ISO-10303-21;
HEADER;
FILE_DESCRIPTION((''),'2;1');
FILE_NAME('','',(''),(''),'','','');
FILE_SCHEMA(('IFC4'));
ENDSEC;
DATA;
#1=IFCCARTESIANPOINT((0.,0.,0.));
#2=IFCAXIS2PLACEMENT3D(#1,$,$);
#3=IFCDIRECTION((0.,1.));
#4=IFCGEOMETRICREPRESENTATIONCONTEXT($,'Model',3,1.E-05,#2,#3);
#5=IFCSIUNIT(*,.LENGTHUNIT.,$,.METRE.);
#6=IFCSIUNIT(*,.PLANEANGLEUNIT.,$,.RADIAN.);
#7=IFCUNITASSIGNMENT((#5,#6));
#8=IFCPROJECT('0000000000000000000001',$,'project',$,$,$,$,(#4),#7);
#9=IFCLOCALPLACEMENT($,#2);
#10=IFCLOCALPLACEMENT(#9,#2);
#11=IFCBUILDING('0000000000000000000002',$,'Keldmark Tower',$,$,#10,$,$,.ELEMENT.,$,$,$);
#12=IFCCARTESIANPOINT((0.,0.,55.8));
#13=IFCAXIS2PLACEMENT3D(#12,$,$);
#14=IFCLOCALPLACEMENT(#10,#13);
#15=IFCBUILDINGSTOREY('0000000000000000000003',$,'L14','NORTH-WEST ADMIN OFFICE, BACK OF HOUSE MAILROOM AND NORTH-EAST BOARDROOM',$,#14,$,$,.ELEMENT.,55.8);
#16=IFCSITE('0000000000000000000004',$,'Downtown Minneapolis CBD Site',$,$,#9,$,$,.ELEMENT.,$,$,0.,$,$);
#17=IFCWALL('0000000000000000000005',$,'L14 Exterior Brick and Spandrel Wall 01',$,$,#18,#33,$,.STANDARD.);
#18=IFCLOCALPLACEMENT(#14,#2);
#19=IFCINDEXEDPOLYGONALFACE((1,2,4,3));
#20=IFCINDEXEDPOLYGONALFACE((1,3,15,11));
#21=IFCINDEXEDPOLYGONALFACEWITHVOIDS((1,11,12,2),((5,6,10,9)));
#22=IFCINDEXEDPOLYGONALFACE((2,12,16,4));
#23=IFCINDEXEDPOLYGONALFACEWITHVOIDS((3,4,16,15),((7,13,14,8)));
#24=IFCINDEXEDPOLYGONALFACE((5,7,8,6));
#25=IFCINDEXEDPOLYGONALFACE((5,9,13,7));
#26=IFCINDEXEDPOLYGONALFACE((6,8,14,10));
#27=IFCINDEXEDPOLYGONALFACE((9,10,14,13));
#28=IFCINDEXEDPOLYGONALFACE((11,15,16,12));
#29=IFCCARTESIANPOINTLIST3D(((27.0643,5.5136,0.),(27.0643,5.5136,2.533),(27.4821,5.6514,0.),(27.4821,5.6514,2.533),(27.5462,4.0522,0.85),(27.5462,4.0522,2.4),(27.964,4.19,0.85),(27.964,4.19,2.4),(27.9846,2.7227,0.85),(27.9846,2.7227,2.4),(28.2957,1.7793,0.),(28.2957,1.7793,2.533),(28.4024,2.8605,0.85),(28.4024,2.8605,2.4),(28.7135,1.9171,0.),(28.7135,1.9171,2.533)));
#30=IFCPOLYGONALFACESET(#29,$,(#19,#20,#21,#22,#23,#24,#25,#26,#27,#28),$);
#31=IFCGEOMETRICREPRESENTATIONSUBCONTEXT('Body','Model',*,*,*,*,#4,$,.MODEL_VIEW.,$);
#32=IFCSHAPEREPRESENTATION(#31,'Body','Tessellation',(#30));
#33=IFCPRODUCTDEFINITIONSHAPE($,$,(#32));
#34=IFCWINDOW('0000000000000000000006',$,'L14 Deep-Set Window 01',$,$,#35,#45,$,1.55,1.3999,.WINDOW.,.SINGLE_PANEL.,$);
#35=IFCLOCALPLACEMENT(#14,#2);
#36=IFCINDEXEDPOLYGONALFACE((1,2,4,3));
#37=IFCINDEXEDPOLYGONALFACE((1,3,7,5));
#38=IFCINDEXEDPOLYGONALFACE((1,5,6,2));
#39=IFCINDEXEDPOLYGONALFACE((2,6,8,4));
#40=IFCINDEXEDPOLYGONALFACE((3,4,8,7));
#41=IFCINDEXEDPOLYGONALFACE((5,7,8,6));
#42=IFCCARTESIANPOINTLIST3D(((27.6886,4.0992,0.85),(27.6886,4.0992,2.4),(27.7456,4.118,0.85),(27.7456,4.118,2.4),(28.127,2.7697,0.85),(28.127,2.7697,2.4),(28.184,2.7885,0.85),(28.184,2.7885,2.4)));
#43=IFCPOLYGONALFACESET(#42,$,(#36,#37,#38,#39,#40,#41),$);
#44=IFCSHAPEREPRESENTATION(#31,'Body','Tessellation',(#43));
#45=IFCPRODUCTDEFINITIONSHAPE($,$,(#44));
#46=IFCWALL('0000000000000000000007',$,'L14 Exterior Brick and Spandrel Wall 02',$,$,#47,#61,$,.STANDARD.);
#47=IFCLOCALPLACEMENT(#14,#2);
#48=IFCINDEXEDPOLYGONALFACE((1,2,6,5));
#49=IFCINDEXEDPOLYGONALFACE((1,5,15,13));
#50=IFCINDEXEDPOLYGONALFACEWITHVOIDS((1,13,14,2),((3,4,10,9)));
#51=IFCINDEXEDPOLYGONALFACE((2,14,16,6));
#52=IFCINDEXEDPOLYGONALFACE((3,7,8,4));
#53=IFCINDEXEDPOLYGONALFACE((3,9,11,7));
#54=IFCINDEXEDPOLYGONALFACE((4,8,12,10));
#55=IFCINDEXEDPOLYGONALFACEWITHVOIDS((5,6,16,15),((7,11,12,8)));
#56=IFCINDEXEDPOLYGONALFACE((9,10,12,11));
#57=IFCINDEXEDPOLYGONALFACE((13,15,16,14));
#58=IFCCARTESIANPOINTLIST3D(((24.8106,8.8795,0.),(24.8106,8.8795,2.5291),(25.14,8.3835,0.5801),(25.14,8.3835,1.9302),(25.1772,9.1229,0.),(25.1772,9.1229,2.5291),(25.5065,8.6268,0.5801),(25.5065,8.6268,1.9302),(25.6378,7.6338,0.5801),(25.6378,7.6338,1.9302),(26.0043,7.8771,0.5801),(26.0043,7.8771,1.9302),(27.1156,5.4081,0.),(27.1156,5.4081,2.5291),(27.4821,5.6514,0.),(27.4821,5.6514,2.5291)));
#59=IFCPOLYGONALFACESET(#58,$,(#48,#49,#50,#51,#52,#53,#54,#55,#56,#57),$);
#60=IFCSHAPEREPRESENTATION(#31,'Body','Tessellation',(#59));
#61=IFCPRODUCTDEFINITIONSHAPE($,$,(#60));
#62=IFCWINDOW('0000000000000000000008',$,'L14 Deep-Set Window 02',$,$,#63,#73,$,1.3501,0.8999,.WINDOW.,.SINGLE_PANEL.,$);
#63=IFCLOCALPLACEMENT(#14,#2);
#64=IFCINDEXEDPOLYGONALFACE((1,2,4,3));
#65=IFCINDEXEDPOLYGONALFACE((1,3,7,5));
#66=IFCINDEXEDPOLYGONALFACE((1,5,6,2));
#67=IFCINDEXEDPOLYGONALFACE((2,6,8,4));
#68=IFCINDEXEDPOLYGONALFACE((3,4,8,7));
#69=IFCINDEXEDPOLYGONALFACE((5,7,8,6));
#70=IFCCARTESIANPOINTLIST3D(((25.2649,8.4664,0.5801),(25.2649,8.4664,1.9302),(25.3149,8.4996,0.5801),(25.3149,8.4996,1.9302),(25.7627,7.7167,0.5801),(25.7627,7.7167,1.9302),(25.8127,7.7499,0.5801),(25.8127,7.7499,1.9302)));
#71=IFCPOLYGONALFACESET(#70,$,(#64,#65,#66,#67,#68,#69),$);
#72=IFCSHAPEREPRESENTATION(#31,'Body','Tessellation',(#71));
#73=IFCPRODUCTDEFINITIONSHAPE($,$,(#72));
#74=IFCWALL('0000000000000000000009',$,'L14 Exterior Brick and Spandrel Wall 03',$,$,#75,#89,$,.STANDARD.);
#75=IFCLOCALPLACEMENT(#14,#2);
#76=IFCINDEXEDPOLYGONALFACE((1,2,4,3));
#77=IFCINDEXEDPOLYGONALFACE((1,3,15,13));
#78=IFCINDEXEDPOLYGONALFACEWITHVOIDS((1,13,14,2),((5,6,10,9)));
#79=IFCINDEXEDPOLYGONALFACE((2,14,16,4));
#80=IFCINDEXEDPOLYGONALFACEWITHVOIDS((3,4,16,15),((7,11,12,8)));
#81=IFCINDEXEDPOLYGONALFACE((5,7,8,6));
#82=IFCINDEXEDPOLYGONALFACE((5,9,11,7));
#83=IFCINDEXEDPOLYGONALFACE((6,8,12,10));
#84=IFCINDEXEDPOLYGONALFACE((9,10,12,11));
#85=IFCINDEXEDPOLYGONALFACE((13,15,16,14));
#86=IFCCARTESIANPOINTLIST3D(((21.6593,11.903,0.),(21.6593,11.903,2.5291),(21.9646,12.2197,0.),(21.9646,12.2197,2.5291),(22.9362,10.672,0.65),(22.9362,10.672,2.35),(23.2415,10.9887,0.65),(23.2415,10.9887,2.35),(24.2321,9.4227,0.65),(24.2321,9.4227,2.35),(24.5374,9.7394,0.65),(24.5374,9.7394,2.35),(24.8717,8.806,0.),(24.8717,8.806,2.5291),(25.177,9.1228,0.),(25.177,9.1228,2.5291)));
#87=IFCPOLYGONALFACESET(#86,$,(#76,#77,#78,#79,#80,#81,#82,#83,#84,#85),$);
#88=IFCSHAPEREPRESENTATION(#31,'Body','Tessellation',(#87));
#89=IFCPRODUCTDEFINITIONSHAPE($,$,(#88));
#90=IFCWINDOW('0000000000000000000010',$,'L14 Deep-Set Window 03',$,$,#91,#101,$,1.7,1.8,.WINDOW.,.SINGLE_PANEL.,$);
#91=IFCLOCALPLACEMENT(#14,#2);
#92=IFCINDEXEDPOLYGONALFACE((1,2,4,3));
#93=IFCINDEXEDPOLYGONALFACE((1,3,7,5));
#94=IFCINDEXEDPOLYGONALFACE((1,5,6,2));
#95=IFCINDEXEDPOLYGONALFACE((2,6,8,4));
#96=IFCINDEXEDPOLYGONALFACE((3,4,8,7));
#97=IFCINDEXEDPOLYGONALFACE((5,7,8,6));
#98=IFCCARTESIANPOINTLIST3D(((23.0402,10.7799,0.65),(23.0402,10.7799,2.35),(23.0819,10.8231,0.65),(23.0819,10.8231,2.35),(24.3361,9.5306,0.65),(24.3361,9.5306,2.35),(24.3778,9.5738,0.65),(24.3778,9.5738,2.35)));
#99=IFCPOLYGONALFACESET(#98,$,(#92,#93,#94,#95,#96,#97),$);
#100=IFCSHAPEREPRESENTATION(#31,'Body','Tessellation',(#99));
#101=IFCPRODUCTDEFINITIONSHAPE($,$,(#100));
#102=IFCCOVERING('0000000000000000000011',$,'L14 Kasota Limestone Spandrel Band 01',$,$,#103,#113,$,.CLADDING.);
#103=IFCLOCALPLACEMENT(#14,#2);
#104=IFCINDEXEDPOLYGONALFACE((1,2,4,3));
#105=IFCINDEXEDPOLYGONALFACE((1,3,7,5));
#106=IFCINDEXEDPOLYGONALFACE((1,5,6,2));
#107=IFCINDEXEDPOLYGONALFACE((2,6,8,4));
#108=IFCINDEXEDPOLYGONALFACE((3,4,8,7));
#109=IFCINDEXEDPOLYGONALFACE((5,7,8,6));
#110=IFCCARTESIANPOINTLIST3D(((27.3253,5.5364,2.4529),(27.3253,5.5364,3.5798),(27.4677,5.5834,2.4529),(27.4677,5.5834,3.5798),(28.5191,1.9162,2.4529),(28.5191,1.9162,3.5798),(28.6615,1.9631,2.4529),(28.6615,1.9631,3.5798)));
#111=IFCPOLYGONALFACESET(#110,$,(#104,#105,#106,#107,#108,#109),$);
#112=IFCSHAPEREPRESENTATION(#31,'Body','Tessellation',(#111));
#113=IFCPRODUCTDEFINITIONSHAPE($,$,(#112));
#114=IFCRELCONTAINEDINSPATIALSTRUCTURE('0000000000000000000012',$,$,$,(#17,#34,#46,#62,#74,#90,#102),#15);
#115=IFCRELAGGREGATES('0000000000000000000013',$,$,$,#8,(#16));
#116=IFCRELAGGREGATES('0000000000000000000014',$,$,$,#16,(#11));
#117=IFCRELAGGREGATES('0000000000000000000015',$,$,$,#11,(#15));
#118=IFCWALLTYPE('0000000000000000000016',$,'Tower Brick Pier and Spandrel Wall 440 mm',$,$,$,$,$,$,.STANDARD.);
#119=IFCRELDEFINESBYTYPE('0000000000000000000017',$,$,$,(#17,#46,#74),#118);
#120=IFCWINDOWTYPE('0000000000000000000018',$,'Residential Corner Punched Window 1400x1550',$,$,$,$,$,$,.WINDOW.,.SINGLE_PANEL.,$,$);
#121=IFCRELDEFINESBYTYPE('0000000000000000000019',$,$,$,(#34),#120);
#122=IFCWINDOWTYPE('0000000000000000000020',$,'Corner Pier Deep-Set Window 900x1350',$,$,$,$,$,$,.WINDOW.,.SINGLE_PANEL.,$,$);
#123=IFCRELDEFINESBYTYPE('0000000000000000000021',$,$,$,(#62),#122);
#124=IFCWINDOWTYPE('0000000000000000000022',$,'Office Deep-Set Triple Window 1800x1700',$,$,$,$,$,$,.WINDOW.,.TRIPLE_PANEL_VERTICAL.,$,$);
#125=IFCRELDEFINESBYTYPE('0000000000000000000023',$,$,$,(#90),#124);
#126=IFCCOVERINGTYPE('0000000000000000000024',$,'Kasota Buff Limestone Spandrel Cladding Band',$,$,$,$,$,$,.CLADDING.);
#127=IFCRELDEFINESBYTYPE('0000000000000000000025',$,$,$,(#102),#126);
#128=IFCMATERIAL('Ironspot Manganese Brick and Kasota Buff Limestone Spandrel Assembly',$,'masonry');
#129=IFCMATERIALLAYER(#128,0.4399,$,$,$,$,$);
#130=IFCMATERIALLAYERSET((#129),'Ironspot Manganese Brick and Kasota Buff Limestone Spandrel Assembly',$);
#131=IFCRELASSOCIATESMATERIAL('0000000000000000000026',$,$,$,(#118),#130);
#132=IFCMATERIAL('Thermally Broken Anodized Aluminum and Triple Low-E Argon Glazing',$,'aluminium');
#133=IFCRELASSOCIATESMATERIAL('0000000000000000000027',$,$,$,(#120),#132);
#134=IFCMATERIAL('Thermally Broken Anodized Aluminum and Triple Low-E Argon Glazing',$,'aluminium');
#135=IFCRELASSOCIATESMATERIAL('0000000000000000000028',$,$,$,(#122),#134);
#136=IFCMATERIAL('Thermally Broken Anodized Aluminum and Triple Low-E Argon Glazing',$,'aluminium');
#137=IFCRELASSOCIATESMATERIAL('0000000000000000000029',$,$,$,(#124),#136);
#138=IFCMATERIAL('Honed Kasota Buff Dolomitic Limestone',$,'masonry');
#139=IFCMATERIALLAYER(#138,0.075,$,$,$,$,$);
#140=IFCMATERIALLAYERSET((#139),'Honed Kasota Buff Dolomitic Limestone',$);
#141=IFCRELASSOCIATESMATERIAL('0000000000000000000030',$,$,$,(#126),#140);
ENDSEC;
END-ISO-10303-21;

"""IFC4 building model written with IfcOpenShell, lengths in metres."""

from ifc_helpers import new_model, si_unit, direction, frame, frame_2d, origin, origin_2d, place, context, subcontext, project, spatial, rectangle, extrude, material, layer, layer_set, type_object, element, fill, save


model = new_model("IFC4")

# Units and contexts
model_context = context("Model", 3, precision=1e-05, world=origin(), true_north=direction((0.0, 1.0)))
body_context = subcontext(model_context, "Body", "Model", "MODEL_VIEW")
ifc_project = project(units=[si_unit("LENGTHUNIT", "METRE"), si_unit("PLANEANGLEUNIT", "RADIAN")], contexts=[model_context])

# Site, building, storey
site_placement = place(None, origin())
site = spatial("IfcSite", under=ifc_project, at=site_placement, Name="Downtown Minneapolis CBD Site", CompositionType="ELEMENT", RefElevation=0.0)
building_placement = place(site_placement, origin())
building = spatial("IfcBuilding", under=site, at=building_placement, Name="Keldmark Tower", CompositionType="ELEMENT")
storey_placement = place(building_placement, frame((0.0, 0.0, 55.8)))
storey = spatial("IfcBuildingStorey", under=building, at=storey_placement, Name="L14", Description="NORTH-WEST ADMIN OFFICE, BACK OF HOUSE MAILROOM AND NORTH-EAST BOARDROOM", CompositionType="ELEMENT", Elevation=55.8)

# Walls, openings, windows
ifc_material_1 = material(Name="Ironspot Manganese Brick and Kasota Buff Limestone Spandrel Assembly", Category="masonry")
ifc_layer_1 = layer(ifc_material_1, 0.4399)
ifc_layer_set_1 = layer_set([ifc_layer_1], Name="Ironspot Manganese Brick and Kasota Buff Limestone Spandrel Assembly")
wall_type = type_object("IfcWallType", Name="Tower Brick Pier and Spandrel Wall 440 mm", PredefinedType="STANDARD", material=ifc_layer_set_1)
wall_1_placement = place(storey_placement, frame((27.2732, 5.5825, 0.0), z_axis=(0.0, 0.0, 1.0), x_axis=(0.313171, -0.949697, 0.0)))
wall_1 = element("IfcWall", 1, at=wall_1_placement, inside=storey, type_object=wall_type, Name="L14 Exterior Brick and Spandrel Wall 01", PredefinedType="STANDARD", context=body_context, shape_type="SweptSolid", body=[
    extrude(rectangle(XDim=3.9321, YDim=0.4399, at=frame_2d((1.9661, 0.0))), origin(), (0.0, 0.0, 1.0), 2.533),
])
opening_1_placement = place(wall_1_placement, frame((1.5388, 0.0, 0.8501)))
opening_1 = element("IfcOpeningElement", 2, at=opening_1_placement, cuts=wall_1, PredefinedType="OPENING", context=body_context, shape_type="SweptSolid", body=[
    extrude(rectangle(XDim=1.3999, YDim=1.55, at=frame_2d((0.7, 0.7749))), frame((0.0, 0.23, 0.0), z_axis=(0.0, -1.0, 0.0), x_axis=(1.0, 0.0, 0.0)), (0.0, 0.0, 1.0), 0.46),
])
ifc_material_2 = material(Name="Thermally Broken Anodized Aluminum and Triple Low-E Argon Glazing", Category="aluminium")
window_type_1 = type_object("IfcWindowType", Name="Residential Corner Punched Window 1400x1550", PartitioningType="SINGLE_PANEL", PredefinedType="WINDOW", material=ifc_material_2)
window_1_placement = place(opening_1_placement, origin())
window_1 = element("IfcWindow", 3, at=window_1_placement, inside=storey, type_object=window_type_1, Name="L14 Deep-Set Window 01", OverallHeight=1.55, OverallWidth=1.3999, PartitioningType="SINGLE_PANEL", PredefinedType="WINDOW", context=body_context, shape_type="SweptSolid", body=[
    extrude(rectangle(XDim=1.3999, YDim=1.55, at=frame_2d((0.7, 0.7749))), frame((0.0, -0.01, 0.0), z_axis=(0.0, -1.0, 0.0), x_axis=(1.0, 0.0, 0.0)), (0.0, 0.0, 1.0), 0.0601),
])
fill(opening_1, window_1)
wall_2_placement = place(storey_placement, frame((24.9939, 9.0012, 0.0), z_axis=(0.0, 0.0, 1.0), x_axis=(0.553144, -0.833085, 0.0)))
wall_2 = element("IfcWall", 4, at=wall_2_placement, inside=storey, type_object=wall_type, Name="L14 Exterior Brick and Spandrel Wall 02", PredefinedType="STANDARD", context=body_context, shape_type="SweptSolid", body=[
    extrude(rectangle(XDim=4.167, YDim=0.4399, at=frame_2d((2.0835, 0.0))), origin(), (0.0, 0.0, 1.0), 2.5291),
])
opening_2_placement = place(wall_2_placement, frame((0.5955, 0.0, 0.5801)))
opening_2 = element("IfcOpeningElement", 5, at=opening_2_placement, cuts=wall_2, PredefinedType="OPENING", context=body_context, shape_type="SweptSolid", body=[
    extrude(rectangle(XDim=0.8999, YDim=1.3501, at=frame_2d((0.45, 0.675))), frame((0.0, 0.23, 0.0), z_axis=(0.0, -1.0, 0.0), x_axis=(1.0, 0.0, 0.0)), (0.0, 0.0, 1.0), 0.46),
])
ifc_material_3 = material(Name="Thermally Broken Anodized Aluminum and Triple Low-E Argon Glazing", Category="aluminium")
window_type_2 = type_object("IfcWindowType", Name="Corner Pier Deep-Set Window 900x1350", PartitioningType="SINGLE_PANEL", PredefinedType="WINDOW", material=ifc_material_3)
window_2_placement = place(opening_2_placement, origin())
window_2 = element("IfcWindow", 6, at=window_2_placement, inside=storey, type_object=window_type_2, Name="L14 Deep-Set Window 02", OverallHeight=1.3501, OverallWidth=0.8999, PartitioningType="SINGLE_PANEL", PredefinedType="WINDOW", context=body_context, shape_type="SweptSolid", body=[
    extrude(rectangle(XDim=0.8999, YDim=1.3501, at=frame_2d((0.45, 0.675))), frame((0.0, -0.01, 0.0), z_axis=(0.0, -1.0, 0.0), x_axis=(1.0, 0.0, 0.0)), (0.0, 0.0, 1.0), 0.0601),
])
fill(opening_2, window_2)
wall_3_placement = place(storey_placement, frame((21.812, 12.0613, 0.0), z_axis=(0.0, 0.0, 1.0), x_axis=(0.719928, -0.694048, 0.0)))
wall_3 = element("IfcWall", 7, at=wall_3_placement, inside=storey, type_object=wall_type, Name="L14 Exterior Brick and Spandrel Wall 03", PredefinedType="STANDARD", context=body_context, shape_type="SweptSolid", body=[
    extrude(rectangle(XDim=4.4622, YDim=0.4399, at=frame_2d((2.231, 0.0))), origin(), (0.0, 0.0, 1.0), 2.5291),
])
opening_3_placement = place(wall_3_placement, frame((1.7737, 0.0, 0.6499)))
opening_3 = element("IfcOpeningElement", 8, at=opening_3_placement, cuts=wall_3, PredefinedType="OPENING", context=body_context, shape_type="SweptSolid", body=[
    extrude(rectangle(XDim=1.8, YDim=1.7, at=frame_2d((0.8999, 0.8501))), frame((0.0, 0.23, 0.0), z_axis=(0.0, -1.0, 0.0), x_axis=(1.0, 0.0, 0.0)), (0.0, 0.0, 1.0), 0.46),
])
ifc_material_4 = material(Name="Thermally Broken Anodized Aluminum and Triple Low-E Argon Glazing", Category="aluminium")
window_type_3 = type_object("IfcWindowType", Name="Office Deep-Set Triple Window 1800x1700", PartitioningType="TRIPLE_PANEL_VERTICAL", PredefinedType="WINDOW", material=ifc_material_4)
window_3_placement = place(opening_3_placement, origin())
window_3 = element("IfcWindow", 9, at=window_3_placement, inside=storey, type_object=window_type_3, Name="L14 Deep-Set Window 03", OverallHeight=1.7, OverallWidth=1.8, PartitioningType="SINGLE_PANEL", PredefinedType="WINDOW", context=body_context, shape_type="SweptSolid", body=[
    extrude(rectangle(XDim=1.8, YDim=1.7, at=frame_2d((0.8999, 0.8501))), frame((0.0, -0.01, 0.0), z_axis=(0.0, -1.0, 0.0), x_axis=(1.0, 0.0, 0.0)), (0.0, 0.0, 1.0), 0.0601),
])
fill(opening_3, window_3)

# Covering
ifc_material_5 = material(Name="Honed Kasota Buff Dolomitic Limestone", Category="masonry")
ifc_layer_2 = layer(ifc_material_5, 0.075)
ifc_layer_set_2 = layer_set([ifc_layer_2], Name="Honed Kasota Buff Dolomitic Limestone")
covering_type = type_object("IfcCoveringType", Name="Kasota Buff Limestone Spandrel Cladding Band", PredefinedType="CLADDING", material=ifc_layer_set_2)
covering_placement = place(storey_placement, frame((27.9934, 3.7498, 2.4529), z_axis=(0.0, 0.0, 1.0), x_axis=(-0.313164, 0.949699, 0.0)))
element("IfcCovering", 10, at=covering_placement, inside=storey, type_object=covering_type, Name="L14 Kasota Limestone Spandrel Band 01", PredefinedType="CLADDING", context=body_context, shape_type="SweptSolid", body=[
    extrude(rectangle(XDim=3.812, YDim=0.1499, at=origin_2d()), origin(), (0.0, 0.0, 1.0), 1.127),
])

save(model, "model.ifc")
